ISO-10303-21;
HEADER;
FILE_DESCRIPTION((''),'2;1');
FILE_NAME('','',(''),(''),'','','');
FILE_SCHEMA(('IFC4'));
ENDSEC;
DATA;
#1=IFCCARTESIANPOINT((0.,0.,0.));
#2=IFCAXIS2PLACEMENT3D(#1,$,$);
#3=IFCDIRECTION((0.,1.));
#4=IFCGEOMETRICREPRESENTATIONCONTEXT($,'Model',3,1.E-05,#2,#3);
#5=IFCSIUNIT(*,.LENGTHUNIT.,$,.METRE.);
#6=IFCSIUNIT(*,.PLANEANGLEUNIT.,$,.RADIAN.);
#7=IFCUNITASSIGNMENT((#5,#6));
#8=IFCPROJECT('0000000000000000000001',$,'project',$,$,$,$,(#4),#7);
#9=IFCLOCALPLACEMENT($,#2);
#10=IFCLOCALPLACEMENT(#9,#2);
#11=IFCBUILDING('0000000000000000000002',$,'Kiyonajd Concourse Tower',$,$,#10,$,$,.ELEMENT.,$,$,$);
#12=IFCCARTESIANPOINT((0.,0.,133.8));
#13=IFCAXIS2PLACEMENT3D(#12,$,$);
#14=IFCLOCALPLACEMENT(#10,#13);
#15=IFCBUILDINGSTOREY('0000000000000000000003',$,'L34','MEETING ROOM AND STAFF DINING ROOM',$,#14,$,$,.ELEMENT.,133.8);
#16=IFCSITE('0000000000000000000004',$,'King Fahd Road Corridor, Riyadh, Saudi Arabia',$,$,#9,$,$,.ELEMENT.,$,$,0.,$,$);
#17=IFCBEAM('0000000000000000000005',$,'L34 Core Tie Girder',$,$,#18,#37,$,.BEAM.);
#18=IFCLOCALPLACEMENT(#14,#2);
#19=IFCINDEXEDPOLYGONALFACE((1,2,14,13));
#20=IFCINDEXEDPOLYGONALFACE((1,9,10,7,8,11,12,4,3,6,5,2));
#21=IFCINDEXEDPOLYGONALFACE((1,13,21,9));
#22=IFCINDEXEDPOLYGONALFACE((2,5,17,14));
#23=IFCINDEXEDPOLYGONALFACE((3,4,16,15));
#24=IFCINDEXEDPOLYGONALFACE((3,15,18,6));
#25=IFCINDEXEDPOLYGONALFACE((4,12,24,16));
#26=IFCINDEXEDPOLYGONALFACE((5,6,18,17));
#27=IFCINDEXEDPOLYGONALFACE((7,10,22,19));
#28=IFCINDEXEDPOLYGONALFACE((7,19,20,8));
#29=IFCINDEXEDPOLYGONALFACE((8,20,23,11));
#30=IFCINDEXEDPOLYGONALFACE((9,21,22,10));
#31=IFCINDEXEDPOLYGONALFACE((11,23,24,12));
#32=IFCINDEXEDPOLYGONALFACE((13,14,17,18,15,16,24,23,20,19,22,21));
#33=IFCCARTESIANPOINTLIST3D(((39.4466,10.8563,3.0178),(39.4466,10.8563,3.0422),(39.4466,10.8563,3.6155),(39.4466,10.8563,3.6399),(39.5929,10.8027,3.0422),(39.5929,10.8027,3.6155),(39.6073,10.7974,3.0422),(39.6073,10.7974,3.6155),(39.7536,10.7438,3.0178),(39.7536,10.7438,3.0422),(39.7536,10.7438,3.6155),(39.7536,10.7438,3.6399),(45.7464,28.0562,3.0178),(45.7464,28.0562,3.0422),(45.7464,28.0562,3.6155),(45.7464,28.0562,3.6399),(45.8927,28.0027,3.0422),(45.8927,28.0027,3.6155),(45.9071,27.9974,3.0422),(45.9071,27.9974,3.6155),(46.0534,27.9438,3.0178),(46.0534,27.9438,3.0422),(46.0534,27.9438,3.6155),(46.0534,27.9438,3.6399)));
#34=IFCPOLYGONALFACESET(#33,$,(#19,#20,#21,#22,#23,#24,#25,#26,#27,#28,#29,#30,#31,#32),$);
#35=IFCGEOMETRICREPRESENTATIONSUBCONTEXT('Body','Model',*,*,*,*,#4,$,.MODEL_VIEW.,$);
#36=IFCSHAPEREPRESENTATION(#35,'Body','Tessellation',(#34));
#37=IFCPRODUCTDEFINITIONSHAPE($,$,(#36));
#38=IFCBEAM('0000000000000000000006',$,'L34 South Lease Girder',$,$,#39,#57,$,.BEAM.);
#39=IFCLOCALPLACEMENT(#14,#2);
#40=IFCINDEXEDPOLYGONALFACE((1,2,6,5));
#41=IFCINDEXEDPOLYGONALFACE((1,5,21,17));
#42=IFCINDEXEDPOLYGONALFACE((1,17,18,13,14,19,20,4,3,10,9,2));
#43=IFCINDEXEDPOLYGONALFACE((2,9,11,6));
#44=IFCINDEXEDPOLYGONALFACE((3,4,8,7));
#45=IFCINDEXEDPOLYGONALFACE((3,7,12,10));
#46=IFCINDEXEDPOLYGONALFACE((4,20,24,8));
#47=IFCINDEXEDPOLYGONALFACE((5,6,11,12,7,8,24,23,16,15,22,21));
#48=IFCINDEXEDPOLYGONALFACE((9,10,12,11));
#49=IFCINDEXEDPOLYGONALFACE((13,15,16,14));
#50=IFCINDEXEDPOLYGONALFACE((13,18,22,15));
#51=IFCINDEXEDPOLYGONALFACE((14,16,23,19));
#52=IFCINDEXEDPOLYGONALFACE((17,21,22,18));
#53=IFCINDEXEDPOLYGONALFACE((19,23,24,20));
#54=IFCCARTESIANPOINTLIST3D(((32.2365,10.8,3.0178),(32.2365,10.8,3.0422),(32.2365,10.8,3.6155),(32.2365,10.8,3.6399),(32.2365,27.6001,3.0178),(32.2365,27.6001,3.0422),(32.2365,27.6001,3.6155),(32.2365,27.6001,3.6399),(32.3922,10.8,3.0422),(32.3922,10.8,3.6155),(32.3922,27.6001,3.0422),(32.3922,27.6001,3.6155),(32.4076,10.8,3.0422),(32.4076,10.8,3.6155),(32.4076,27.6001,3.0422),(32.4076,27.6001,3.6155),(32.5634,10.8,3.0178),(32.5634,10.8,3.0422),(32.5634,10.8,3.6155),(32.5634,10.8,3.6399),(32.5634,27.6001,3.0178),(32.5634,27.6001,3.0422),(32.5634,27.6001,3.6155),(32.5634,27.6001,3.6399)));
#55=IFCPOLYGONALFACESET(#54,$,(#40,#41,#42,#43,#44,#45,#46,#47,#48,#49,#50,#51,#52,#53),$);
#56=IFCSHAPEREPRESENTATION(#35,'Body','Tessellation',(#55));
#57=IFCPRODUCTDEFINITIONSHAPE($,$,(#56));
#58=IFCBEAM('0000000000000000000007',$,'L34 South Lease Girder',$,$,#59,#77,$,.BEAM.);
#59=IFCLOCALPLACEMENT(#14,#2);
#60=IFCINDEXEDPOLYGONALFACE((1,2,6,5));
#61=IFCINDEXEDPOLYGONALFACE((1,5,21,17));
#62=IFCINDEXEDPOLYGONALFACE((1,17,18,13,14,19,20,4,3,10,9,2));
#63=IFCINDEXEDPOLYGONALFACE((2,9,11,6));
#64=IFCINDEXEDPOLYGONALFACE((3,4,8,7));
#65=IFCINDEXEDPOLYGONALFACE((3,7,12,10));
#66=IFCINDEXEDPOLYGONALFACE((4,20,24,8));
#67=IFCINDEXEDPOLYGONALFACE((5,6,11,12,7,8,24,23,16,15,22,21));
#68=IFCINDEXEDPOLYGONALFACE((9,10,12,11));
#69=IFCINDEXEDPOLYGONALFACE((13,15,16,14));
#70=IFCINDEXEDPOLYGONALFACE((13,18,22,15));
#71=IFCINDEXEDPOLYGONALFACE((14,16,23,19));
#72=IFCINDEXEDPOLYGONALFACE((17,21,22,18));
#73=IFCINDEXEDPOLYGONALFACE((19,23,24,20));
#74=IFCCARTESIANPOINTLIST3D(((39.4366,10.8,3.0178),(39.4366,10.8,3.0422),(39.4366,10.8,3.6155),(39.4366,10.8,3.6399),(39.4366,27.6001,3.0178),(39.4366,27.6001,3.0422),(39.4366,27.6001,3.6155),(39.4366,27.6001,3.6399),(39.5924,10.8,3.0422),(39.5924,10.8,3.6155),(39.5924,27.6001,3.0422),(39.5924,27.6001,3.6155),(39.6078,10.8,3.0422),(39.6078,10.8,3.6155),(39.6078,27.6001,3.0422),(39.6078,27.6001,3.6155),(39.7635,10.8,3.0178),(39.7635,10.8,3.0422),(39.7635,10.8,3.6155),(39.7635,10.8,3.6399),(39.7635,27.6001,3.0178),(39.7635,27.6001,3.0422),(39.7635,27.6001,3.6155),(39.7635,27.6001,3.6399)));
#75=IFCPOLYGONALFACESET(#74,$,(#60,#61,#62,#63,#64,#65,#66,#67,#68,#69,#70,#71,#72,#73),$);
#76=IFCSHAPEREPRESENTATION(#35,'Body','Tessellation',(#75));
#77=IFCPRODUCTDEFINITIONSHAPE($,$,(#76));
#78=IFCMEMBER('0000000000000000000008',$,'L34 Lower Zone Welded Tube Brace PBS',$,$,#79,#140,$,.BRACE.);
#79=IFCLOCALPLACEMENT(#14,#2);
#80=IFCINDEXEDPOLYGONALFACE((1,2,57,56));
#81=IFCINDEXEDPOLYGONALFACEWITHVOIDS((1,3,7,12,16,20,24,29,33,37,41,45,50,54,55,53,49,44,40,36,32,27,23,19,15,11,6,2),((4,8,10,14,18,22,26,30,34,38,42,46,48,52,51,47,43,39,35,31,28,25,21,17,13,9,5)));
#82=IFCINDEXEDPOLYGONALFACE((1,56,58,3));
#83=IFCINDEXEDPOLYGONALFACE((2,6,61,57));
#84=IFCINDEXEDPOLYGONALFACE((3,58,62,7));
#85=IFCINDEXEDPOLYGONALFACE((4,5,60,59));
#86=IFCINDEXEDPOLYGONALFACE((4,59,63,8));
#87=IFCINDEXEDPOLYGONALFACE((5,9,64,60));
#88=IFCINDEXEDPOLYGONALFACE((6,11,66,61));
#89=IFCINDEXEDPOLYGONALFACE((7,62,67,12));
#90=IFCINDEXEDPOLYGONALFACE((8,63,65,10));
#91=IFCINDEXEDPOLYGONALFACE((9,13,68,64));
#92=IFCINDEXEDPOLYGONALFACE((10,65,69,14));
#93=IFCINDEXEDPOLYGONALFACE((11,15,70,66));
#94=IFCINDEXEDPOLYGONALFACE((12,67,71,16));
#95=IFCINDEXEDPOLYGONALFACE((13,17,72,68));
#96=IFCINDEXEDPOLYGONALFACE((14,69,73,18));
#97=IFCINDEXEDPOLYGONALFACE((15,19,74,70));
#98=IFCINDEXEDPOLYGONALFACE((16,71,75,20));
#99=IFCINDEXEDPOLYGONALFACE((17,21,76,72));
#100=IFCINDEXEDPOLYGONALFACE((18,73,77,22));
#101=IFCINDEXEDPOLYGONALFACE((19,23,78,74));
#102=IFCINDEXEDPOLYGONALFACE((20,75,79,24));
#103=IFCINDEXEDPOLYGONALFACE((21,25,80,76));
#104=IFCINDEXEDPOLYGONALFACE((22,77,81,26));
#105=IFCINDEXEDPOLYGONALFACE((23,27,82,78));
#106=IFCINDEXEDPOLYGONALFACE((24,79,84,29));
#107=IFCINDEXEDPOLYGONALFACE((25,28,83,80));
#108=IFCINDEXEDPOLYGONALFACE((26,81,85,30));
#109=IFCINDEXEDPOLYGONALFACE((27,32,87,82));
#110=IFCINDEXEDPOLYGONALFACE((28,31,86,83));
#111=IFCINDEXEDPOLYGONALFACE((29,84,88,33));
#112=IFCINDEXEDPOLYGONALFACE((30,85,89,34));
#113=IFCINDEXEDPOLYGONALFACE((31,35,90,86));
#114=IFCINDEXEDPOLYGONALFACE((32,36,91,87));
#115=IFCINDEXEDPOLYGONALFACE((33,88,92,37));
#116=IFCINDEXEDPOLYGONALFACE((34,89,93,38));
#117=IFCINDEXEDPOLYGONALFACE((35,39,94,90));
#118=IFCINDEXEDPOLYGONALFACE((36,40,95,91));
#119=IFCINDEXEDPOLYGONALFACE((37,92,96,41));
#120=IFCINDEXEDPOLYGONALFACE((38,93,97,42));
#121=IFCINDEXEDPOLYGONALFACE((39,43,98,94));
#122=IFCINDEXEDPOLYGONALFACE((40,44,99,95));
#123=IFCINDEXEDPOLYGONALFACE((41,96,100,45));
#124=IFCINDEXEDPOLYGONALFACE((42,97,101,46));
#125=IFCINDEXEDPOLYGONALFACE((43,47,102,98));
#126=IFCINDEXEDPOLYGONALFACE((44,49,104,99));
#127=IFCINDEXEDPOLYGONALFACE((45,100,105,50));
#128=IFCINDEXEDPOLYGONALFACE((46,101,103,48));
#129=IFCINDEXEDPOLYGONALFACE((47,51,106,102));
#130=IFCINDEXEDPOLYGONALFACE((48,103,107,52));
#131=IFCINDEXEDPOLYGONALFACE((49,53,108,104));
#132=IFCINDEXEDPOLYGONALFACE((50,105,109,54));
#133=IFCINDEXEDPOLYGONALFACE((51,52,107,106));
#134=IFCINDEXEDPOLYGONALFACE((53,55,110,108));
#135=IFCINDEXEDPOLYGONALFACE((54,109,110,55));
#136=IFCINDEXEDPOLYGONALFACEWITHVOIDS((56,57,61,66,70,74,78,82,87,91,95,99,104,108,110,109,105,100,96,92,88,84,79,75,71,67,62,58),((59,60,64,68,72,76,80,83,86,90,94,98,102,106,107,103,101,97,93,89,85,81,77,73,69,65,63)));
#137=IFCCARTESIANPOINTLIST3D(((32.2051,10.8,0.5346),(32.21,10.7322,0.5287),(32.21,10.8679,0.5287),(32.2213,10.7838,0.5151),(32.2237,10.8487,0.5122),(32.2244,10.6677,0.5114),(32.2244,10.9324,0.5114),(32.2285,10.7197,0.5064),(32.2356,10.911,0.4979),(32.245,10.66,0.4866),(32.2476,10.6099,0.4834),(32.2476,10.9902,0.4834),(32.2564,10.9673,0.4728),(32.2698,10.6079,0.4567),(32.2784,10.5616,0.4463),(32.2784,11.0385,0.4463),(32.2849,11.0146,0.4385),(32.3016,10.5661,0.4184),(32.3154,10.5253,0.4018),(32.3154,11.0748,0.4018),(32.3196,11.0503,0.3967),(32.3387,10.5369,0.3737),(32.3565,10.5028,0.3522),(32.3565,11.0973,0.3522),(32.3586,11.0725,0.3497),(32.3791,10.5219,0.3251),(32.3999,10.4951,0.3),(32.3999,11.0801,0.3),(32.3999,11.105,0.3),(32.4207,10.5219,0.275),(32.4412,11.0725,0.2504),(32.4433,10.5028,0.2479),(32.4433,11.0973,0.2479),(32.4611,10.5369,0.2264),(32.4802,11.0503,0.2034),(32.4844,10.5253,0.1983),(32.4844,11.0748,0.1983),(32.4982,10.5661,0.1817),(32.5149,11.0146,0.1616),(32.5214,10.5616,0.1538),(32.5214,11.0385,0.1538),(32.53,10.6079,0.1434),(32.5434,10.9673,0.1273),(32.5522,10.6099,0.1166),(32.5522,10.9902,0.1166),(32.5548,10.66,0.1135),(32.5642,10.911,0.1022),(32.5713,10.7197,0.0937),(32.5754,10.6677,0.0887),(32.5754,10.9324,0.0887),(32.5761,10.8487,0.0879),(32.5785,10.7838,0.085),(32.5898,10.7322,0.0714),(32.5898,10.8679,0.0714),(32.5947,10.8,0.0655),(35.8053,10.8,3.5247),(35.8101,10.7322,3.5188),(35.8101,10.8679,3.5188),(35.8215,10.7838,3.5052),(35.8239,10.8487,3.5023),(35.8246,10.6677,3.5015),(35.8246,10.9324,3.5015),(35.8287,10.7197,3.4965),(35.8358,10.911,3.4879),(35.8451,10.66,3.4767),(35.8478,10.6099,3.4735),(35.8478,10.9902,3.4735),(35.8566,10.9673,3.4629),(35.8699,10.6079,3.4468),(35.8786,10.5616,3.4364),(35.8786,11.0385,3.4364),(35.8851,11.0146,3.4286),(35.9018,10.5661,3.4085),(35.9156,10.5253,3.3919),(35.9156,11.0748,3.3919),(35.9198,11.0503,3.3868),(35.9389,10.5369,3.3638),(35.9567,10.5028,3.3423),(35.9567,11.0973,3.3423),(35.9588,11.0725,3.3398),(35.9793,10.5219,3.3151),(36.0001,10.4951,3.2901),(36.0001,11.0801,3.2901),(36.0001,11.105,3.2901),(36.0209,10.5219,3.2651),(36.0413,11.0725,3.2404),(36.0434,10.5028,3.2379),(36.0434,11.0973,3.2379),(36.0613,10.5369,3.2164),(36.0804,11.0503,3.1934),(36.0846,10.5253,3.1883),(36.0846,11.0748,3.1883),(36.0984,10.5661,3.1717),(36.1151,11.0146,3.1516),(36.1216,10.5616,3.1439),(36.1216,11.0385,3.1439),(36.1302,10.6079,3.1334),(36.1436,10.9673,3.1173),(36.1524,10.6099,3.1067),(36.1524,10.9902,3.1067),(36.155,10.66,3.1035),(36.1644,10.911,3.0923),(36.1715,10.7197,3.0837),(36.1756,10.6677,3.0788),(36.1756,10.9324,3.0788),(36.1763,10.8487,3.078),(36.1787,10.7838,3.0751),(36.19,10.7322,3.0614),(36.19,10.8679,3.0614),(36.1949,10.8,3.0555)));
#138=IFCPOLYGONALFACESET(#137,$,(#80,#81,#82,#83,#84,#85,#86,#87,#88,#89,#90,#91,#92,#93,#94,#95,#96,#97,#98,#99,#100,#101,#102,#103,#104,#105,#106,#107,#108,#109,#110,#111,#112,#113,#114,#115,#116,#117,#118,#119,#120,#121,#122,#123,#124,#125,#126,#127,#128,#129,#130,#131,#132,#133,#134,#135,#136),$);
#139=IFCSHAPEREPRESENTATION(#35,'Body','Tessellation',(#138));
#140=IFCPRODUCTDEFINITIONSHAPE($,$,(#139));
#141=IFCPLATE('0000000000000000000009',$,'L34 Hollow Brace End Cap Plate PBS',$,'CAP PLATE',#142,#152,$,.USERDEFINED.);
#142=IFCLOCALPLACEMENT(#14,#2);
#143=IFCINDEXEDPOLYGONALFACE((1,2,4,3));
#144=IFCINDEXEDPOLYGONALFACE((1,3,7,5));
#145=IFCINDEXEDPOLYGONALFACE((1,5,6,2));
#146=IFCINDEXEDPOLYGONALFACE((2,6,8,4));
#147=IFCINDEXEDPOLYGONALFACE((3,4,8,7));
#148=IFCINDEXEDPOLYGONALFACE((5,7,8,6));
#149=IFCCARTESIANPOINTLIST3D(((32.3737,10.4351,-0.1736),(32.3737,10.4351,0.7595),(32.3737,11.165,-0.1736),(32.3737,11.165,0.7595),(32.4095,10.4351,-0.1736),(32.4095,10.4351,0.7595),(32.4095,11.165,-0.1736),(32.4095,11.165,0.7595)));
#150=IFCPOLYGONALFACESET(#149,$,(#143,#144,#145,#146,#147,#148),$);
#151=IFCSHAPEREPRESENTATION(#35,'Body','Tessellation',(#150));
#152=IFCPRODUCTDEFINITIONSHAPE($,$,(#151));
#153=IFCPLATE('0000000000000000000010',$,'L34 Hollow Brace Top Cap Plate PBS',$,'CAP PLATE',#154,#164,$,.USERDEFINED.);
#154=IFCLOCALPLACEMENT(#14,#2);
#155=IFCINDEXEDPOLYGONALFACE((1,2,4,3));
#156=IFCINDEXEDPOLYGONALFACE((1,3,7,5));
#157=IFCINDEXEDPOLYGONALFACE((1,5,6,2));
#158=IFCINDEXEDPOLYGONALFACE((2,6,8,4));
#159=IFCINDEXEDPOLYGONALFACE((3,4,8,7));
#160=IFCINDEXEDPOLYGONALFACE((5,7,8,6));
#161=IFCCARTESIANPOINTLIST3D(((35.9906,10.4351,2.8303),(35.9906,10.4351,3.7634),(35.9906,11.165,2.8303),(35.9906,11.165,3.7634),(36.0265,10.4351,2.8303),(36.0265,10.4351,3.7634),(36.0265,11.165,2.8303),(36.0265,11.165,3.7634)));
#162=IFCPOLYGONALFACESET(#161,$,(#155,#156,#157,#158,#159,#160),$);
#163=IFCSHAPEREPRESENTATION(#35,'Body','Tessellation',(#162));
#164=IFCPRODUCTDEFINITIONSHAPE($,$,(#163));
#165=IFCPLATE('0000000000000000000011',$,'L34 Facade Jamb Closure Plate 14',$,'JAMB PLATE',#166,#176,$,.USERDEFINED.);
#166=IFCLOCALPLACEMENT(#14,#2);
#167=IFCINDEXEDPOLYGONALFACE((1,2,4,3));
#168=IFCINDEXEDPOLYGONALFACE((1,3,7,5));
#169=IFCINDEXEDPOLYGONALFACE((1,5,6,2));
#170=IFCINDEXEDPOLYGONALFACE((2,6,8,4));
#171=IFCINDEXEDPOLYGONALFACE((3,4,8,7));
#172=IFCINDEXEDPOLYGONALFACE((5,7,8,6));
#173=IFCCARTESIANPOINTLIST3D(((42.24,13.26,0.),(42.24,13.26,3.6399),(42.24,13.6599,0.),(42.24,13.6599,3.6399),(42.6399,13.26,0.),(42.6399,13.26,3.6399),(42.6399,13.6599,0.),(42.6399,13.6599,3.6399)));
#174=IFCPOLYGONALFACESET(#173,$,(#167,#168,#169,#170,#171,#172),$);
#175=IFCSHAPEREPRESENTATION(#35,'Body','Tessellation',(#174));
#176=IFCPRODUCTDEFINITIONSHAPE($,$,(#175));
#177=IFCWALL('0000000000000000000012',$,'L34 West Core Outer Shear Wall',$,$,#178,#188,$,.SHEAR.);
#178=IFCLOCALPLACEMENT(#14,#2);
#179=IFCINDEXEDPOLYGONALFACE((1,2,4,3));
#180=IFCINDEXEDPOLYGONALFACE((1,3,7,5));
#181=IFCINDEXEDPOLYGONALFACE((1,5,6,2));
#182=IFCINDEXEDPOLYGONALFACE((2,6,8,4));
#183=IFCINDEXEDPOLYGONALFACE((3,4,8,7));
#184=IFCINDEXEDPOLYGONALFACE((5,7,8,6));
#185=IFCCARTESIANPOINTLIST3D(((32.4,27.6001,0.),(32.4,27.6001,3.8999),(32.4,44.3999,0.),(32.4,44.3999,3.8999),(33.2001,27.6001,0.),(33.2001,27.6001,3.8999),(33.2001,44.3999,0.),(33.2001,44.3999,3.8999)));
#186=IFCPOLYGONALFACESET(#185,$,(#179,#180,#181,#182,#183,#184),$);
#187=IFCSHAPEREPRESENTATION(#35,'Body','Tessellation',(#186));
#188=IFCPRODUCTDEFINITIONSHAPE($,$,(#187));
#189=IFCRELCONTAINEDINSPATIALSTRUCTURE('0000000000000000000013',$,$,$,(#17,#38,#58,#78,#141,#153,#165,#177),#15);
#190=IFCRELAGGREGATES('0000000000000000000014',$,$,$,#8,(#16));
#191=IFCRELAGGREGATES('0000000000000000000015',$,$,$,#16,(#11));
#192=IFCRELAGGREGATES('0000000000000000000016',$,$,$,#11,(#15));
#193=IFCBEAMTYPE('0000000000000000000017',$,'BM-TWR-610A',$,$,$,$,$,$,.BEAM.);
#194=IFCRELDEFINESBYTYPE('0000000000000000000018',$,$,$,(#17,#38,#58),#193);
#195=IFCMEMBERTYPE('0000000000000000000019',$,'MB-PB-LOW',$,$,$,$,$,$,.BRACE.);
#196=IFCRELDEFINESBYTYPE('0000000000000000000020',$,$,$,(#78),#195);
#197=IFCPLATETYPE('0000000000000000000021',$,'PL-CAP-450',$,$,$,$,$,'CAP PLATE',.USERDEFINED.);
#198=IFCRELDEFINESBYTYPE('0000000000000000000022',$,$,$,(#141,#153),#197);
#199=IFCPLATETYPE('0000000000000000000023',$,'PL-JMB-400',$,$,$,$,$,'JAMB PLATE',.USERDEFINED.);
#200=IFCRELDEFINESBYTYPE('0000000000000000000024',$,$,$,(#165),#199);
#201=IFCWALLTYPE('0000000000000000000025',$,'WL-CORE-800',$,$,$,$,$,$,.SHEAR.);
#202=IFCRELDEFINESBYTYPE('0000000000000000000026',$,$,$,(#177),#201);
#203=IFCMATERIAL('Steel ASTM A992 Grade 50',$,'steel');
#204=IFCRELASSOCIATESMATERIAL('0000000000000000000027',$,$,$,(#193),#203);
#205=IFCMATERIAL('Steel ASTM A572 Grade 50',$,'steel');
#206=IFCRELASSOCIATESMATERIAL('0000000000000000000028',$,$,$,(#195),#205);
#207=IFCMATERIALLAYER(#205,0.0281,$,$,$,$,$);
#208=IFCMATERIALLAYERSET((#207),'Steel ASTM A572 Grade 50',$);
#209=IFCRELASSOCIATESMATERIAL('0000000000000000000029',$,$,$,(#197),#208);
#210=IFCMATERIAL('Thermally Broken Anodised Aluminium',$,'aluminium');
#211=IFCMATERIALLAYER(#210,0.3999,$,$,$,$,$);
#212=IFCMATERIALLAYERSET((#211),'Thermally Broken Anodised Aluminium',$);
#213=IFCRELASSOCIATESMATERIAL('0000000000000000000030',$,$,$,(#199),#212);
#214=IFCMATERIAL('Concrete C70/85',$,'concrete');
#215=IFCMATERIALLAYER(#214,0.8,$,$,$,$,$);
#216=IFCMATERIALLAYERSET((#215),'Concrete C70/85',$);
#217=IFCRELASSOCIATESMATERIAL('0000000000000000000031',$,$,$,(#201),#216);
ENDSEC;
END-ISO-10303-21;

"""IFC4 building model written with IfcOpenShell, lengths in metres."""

from ifc_helpers import new_model, si_unit, direction, frame, frame_2d, origin, origin_2d, place, context, subcontext, project, spatial, rectangle, hollow_circle, i_section, extrude, material, layer, layer_set, material_profile, profile_set, type_object, element, save


model = new_model("IFC4")

# Units and contexts
model_context = context("Model", 3, precision=1e-05, world=origin(), true_north=direction((0.0, 1.0)))
body_context = subcontext(model_context, "Body", "Model", "MODEL_VIEW")
ifc_project = project(units=[si_unit("LENGTHUNIT", "METRE"), si_unit("PLANEANGLEUNIT", "RADIAN")], contexts=[model_context])

# Site, building, storey
site_placement = place(None, origin())
site = spatial("IfcSite", under=ifc_project, at=site_placement, Name="King Fahd Road Corridor, Riyadh, Saudi Arabia", CompositionType="ELEMENT", RefElevation=0.0)
building_placement = place(site_placement, origin())
building = spatial("IfcBuilding", under=site, at=building_placement, Name="Kiyonajd Concourse Tower", CompositionType="ELEMENT")
storey_placement = place(building_placement, frame((0.0, 0.0, 133.8)))
storey = spatial("IfcBuildingStorey", under=building, at=storey_placement, Name="L34", Description="MEETING ROOM AND STAFF DINING ROOM", CompositionType="ELEMENT", Elevation=133.8)

# Shared definitions
ifc_material_1 = material(Name="Concrete C70/85", Category="concrete")

# Beams
ifc_material_2 = material(Name="Steel ASTM A992 Grade 50", Category="steel")
ifc_material_profile_1 = material_profile(ifc_material_2, i_section(OverallWidth=0.3269, OverallDepth=0.6221, WebThickness=0.0154, FlangeThickness=0.0244, at=origin_2d()), Name="W610X195")
ifc_profile_set_1 = profile_set([ifc_material_profile_1], Name="Steel ASTM A992 Grade 50")
beam_type_1 = type_object("IfcBeamType", Name="BM-TWR-610A", PredefinedType="BEAM", material=ifc_profile_set_1)
beam_1_placement = place(storey_placement, frame((39.6001, 10.8, 3.3289), z_axis=(0.343925, 0.938997, 0.0), x_axis=(-0.938997, 0.343925, 0.0)))
element("IfcBeam", 1, at=beam_1_placement, inside=storey, type_object=beam_type_1, Name="L34 Core Tie Girder", PredefinedType="BEAM", context=body_context, shape_type="SweptSolid", body=[
    extrude(i_section(OverallWidth=0.3269, OverallDepth=0.6221, WebThickness=0.0154, FlangeThickness=0.0244, at=origin_2d()), origin(), (0.0, 0.0, 1.0), 18.3174),
])
for number, where, z_axis, x_axis, name in (
    (2, (32.3999, 10.8, 3.3289), (0.0, 1.0, 0.0), (-1.0, 0.0, 0.0), "L34 South Lease Girder"),
    (3, (39.6001, 10.8, 3.3289), (0.0, 1.0, 0.0), (-1.0, 0.0, 0.0), "L34 South Lease Girder"),
):
    element("IfcBeam", number, at=place(storey_placement, frame(where, z_axis=z_axis, x_axis=x_axis)), inside=storey, type_object=beam_type_1, Name=name, PredefinedType="BEAM", context=body_context, shape_type="SweptSolid", body=[
        extrude(i_section(OverallWidth=0.3269, OverallDepth=0.6221, WebThickness=0.0154, FlangeThickness=0.0244, at=origin_2d()), origin(), (0.0, 0.0, 1.0), 16.8),
    ])

# Member
ifc_material_3 = material(Name="Steel ASTM A572 Grade 50", Category="steel")
ifc_material_profile_2 = material_profile(ifc_material_3, hollow_circle(Radius=0.3049, WallThickness=0.0249, at=origin_2d()), Name="CHS-610x25")
ifc_profile_set_2 = profile_set([ifc_material_profile_2], Name="Steel ASTM A572 Grade 50")
member_type = type_object("IfcMemberType", Name="MB-PB-LOW", PredefinedType="BRACE", material=ifc_profile_set_2)
member_placement = place(storey_placement, frame((32.3999, 10.8, 0.3), z_axis=(0.769281, 0.0, 0.638911), x_axis=(0.0, 1.0, 0.0)))
element("IfcMember", 4, at=member_placement, inside=storey, type_object=member_type, Name="L34 Lower Zone Welded Tube Brace PBS", PredefinedType="BRACE", context=body_context, shape_type="SweptSolid", body=[
    extrude(hollow_circle(Radius=0.3049, WallThickness=0.0249, at=origin_2d()), origin(), (0.0, 0.0, 1.0), 4.6799),
])

# Plates
ifc_layer_1 = layer(ifc_material_3, 0.0281)
ifc_layer_set_1 = layer_set([ifc_layer_1], Name="Steel ASTM A572 Grade 50")
plate_type_1 = type_object("IfcPlateType", Name="PL-CAP-450", ElementType="CAP PLATE", PredefinedType="USERDEFINED", material=ifc_layer_set_1)
for number, where, z_axis, x_axis, name in (
    (5, (32.3916, 10.8, -0.1736), (0.0, 0.0, 1.0), (-1.0, 0.0, 0.0), "L34 Hollow Brace End Cap Plate PBS"),
    (6, (36.0085, 10.8, 2.8303), (0.0, 0.0, 1.0), (1.0, 0.0, 0.0), "L34 Hollow Brace Top Cap Plate PBS"),
):
    element("IfcPlate", number, at=place(storey_placement, frame(where, z_axis=z_axis, x_axis=x_axis)), inside=storey, type_object=plate_type_1, Name=name, ObjectType="CAP PLATE", PredefinedType="USERDEFINED", context=body_context, shape_type="SweptSolid", body=[
        extrude(rectangle(XDim=0.0359, YDim=0.73, at=origin_2d()), origin(), (0.0, 0.0, 1.0), 0.9331),
    ])
ifc_material_4 = material(Name="Thermally Broken Anodised Aluminium", Category="aluminium")
ifc_layer_2 = layer(ifc_material_4, 0.3999)
ifc_layer_set_2 = layer_set([ifc_layer_2], Name="Thermally Broken Anodised Aluminium")
plate_type_2 = type_object("IfcPlateType", Name="PL-JMB-400", ElementType="JAMB PLATE", PredefinedType="USERDEFINED", material=ifc_layer_set_2)
plate_placement = place(storey_placement, frame((42.4399, 13.46, 0.0), z_axis=(0.0, 0.0, 1.0), x_axis=(1.0, 0.0, 0.0)))
element("IfcPlate", 7, at=plate_placement, inside=storey, type_object=plate_type_2, Name="L34 Facade Jamb Closure Plate 14", ObjectType="JAMB PLATE", PredefinedType="USERDEFINED", context=body_context, shape_type="SweptSolid", body=[
    extrude(rectangle(XDim=0.3999, YDim=0.3999, at=origin_2d()), origin(), (0.0, 0.0, 1.0), 3.6399),
])

# Wall
ifc_layer_3 = layer(ifc_material_1, 0.8)
ifc_layer_set_3 = layer_set([ifc_layer_3], Name="Concrete C70/85")
wall_type_1 = type_object("IfcWallType", Name="WL-CORE-800", PredefinedType="SHEAR", material=ifc_layer_set_3)
wall_1_placement = place(storey_placement, frame((32.8, 27.6001, 0.0), z_axis=(0.0, 0.0, 1.0), x_axis=(0.0, 1.0, 0.0)))
element("IfcWall", 8, at=wall_1_placement, inside=storey, type_object=wall_type_1, Name="L34 West Core Outer Shear Wall", PredefinedType="SHEAR", context=body_context, shape_type="SweptSolid", body=[
    extrude(rectangle(XDim=16.7998, YDim=0.8, at=frame_2d((8.3999, 0.0))), origin(), (0.0, 0.0, 1.0), 3.8999),
])

save(model, "model.ifc")
